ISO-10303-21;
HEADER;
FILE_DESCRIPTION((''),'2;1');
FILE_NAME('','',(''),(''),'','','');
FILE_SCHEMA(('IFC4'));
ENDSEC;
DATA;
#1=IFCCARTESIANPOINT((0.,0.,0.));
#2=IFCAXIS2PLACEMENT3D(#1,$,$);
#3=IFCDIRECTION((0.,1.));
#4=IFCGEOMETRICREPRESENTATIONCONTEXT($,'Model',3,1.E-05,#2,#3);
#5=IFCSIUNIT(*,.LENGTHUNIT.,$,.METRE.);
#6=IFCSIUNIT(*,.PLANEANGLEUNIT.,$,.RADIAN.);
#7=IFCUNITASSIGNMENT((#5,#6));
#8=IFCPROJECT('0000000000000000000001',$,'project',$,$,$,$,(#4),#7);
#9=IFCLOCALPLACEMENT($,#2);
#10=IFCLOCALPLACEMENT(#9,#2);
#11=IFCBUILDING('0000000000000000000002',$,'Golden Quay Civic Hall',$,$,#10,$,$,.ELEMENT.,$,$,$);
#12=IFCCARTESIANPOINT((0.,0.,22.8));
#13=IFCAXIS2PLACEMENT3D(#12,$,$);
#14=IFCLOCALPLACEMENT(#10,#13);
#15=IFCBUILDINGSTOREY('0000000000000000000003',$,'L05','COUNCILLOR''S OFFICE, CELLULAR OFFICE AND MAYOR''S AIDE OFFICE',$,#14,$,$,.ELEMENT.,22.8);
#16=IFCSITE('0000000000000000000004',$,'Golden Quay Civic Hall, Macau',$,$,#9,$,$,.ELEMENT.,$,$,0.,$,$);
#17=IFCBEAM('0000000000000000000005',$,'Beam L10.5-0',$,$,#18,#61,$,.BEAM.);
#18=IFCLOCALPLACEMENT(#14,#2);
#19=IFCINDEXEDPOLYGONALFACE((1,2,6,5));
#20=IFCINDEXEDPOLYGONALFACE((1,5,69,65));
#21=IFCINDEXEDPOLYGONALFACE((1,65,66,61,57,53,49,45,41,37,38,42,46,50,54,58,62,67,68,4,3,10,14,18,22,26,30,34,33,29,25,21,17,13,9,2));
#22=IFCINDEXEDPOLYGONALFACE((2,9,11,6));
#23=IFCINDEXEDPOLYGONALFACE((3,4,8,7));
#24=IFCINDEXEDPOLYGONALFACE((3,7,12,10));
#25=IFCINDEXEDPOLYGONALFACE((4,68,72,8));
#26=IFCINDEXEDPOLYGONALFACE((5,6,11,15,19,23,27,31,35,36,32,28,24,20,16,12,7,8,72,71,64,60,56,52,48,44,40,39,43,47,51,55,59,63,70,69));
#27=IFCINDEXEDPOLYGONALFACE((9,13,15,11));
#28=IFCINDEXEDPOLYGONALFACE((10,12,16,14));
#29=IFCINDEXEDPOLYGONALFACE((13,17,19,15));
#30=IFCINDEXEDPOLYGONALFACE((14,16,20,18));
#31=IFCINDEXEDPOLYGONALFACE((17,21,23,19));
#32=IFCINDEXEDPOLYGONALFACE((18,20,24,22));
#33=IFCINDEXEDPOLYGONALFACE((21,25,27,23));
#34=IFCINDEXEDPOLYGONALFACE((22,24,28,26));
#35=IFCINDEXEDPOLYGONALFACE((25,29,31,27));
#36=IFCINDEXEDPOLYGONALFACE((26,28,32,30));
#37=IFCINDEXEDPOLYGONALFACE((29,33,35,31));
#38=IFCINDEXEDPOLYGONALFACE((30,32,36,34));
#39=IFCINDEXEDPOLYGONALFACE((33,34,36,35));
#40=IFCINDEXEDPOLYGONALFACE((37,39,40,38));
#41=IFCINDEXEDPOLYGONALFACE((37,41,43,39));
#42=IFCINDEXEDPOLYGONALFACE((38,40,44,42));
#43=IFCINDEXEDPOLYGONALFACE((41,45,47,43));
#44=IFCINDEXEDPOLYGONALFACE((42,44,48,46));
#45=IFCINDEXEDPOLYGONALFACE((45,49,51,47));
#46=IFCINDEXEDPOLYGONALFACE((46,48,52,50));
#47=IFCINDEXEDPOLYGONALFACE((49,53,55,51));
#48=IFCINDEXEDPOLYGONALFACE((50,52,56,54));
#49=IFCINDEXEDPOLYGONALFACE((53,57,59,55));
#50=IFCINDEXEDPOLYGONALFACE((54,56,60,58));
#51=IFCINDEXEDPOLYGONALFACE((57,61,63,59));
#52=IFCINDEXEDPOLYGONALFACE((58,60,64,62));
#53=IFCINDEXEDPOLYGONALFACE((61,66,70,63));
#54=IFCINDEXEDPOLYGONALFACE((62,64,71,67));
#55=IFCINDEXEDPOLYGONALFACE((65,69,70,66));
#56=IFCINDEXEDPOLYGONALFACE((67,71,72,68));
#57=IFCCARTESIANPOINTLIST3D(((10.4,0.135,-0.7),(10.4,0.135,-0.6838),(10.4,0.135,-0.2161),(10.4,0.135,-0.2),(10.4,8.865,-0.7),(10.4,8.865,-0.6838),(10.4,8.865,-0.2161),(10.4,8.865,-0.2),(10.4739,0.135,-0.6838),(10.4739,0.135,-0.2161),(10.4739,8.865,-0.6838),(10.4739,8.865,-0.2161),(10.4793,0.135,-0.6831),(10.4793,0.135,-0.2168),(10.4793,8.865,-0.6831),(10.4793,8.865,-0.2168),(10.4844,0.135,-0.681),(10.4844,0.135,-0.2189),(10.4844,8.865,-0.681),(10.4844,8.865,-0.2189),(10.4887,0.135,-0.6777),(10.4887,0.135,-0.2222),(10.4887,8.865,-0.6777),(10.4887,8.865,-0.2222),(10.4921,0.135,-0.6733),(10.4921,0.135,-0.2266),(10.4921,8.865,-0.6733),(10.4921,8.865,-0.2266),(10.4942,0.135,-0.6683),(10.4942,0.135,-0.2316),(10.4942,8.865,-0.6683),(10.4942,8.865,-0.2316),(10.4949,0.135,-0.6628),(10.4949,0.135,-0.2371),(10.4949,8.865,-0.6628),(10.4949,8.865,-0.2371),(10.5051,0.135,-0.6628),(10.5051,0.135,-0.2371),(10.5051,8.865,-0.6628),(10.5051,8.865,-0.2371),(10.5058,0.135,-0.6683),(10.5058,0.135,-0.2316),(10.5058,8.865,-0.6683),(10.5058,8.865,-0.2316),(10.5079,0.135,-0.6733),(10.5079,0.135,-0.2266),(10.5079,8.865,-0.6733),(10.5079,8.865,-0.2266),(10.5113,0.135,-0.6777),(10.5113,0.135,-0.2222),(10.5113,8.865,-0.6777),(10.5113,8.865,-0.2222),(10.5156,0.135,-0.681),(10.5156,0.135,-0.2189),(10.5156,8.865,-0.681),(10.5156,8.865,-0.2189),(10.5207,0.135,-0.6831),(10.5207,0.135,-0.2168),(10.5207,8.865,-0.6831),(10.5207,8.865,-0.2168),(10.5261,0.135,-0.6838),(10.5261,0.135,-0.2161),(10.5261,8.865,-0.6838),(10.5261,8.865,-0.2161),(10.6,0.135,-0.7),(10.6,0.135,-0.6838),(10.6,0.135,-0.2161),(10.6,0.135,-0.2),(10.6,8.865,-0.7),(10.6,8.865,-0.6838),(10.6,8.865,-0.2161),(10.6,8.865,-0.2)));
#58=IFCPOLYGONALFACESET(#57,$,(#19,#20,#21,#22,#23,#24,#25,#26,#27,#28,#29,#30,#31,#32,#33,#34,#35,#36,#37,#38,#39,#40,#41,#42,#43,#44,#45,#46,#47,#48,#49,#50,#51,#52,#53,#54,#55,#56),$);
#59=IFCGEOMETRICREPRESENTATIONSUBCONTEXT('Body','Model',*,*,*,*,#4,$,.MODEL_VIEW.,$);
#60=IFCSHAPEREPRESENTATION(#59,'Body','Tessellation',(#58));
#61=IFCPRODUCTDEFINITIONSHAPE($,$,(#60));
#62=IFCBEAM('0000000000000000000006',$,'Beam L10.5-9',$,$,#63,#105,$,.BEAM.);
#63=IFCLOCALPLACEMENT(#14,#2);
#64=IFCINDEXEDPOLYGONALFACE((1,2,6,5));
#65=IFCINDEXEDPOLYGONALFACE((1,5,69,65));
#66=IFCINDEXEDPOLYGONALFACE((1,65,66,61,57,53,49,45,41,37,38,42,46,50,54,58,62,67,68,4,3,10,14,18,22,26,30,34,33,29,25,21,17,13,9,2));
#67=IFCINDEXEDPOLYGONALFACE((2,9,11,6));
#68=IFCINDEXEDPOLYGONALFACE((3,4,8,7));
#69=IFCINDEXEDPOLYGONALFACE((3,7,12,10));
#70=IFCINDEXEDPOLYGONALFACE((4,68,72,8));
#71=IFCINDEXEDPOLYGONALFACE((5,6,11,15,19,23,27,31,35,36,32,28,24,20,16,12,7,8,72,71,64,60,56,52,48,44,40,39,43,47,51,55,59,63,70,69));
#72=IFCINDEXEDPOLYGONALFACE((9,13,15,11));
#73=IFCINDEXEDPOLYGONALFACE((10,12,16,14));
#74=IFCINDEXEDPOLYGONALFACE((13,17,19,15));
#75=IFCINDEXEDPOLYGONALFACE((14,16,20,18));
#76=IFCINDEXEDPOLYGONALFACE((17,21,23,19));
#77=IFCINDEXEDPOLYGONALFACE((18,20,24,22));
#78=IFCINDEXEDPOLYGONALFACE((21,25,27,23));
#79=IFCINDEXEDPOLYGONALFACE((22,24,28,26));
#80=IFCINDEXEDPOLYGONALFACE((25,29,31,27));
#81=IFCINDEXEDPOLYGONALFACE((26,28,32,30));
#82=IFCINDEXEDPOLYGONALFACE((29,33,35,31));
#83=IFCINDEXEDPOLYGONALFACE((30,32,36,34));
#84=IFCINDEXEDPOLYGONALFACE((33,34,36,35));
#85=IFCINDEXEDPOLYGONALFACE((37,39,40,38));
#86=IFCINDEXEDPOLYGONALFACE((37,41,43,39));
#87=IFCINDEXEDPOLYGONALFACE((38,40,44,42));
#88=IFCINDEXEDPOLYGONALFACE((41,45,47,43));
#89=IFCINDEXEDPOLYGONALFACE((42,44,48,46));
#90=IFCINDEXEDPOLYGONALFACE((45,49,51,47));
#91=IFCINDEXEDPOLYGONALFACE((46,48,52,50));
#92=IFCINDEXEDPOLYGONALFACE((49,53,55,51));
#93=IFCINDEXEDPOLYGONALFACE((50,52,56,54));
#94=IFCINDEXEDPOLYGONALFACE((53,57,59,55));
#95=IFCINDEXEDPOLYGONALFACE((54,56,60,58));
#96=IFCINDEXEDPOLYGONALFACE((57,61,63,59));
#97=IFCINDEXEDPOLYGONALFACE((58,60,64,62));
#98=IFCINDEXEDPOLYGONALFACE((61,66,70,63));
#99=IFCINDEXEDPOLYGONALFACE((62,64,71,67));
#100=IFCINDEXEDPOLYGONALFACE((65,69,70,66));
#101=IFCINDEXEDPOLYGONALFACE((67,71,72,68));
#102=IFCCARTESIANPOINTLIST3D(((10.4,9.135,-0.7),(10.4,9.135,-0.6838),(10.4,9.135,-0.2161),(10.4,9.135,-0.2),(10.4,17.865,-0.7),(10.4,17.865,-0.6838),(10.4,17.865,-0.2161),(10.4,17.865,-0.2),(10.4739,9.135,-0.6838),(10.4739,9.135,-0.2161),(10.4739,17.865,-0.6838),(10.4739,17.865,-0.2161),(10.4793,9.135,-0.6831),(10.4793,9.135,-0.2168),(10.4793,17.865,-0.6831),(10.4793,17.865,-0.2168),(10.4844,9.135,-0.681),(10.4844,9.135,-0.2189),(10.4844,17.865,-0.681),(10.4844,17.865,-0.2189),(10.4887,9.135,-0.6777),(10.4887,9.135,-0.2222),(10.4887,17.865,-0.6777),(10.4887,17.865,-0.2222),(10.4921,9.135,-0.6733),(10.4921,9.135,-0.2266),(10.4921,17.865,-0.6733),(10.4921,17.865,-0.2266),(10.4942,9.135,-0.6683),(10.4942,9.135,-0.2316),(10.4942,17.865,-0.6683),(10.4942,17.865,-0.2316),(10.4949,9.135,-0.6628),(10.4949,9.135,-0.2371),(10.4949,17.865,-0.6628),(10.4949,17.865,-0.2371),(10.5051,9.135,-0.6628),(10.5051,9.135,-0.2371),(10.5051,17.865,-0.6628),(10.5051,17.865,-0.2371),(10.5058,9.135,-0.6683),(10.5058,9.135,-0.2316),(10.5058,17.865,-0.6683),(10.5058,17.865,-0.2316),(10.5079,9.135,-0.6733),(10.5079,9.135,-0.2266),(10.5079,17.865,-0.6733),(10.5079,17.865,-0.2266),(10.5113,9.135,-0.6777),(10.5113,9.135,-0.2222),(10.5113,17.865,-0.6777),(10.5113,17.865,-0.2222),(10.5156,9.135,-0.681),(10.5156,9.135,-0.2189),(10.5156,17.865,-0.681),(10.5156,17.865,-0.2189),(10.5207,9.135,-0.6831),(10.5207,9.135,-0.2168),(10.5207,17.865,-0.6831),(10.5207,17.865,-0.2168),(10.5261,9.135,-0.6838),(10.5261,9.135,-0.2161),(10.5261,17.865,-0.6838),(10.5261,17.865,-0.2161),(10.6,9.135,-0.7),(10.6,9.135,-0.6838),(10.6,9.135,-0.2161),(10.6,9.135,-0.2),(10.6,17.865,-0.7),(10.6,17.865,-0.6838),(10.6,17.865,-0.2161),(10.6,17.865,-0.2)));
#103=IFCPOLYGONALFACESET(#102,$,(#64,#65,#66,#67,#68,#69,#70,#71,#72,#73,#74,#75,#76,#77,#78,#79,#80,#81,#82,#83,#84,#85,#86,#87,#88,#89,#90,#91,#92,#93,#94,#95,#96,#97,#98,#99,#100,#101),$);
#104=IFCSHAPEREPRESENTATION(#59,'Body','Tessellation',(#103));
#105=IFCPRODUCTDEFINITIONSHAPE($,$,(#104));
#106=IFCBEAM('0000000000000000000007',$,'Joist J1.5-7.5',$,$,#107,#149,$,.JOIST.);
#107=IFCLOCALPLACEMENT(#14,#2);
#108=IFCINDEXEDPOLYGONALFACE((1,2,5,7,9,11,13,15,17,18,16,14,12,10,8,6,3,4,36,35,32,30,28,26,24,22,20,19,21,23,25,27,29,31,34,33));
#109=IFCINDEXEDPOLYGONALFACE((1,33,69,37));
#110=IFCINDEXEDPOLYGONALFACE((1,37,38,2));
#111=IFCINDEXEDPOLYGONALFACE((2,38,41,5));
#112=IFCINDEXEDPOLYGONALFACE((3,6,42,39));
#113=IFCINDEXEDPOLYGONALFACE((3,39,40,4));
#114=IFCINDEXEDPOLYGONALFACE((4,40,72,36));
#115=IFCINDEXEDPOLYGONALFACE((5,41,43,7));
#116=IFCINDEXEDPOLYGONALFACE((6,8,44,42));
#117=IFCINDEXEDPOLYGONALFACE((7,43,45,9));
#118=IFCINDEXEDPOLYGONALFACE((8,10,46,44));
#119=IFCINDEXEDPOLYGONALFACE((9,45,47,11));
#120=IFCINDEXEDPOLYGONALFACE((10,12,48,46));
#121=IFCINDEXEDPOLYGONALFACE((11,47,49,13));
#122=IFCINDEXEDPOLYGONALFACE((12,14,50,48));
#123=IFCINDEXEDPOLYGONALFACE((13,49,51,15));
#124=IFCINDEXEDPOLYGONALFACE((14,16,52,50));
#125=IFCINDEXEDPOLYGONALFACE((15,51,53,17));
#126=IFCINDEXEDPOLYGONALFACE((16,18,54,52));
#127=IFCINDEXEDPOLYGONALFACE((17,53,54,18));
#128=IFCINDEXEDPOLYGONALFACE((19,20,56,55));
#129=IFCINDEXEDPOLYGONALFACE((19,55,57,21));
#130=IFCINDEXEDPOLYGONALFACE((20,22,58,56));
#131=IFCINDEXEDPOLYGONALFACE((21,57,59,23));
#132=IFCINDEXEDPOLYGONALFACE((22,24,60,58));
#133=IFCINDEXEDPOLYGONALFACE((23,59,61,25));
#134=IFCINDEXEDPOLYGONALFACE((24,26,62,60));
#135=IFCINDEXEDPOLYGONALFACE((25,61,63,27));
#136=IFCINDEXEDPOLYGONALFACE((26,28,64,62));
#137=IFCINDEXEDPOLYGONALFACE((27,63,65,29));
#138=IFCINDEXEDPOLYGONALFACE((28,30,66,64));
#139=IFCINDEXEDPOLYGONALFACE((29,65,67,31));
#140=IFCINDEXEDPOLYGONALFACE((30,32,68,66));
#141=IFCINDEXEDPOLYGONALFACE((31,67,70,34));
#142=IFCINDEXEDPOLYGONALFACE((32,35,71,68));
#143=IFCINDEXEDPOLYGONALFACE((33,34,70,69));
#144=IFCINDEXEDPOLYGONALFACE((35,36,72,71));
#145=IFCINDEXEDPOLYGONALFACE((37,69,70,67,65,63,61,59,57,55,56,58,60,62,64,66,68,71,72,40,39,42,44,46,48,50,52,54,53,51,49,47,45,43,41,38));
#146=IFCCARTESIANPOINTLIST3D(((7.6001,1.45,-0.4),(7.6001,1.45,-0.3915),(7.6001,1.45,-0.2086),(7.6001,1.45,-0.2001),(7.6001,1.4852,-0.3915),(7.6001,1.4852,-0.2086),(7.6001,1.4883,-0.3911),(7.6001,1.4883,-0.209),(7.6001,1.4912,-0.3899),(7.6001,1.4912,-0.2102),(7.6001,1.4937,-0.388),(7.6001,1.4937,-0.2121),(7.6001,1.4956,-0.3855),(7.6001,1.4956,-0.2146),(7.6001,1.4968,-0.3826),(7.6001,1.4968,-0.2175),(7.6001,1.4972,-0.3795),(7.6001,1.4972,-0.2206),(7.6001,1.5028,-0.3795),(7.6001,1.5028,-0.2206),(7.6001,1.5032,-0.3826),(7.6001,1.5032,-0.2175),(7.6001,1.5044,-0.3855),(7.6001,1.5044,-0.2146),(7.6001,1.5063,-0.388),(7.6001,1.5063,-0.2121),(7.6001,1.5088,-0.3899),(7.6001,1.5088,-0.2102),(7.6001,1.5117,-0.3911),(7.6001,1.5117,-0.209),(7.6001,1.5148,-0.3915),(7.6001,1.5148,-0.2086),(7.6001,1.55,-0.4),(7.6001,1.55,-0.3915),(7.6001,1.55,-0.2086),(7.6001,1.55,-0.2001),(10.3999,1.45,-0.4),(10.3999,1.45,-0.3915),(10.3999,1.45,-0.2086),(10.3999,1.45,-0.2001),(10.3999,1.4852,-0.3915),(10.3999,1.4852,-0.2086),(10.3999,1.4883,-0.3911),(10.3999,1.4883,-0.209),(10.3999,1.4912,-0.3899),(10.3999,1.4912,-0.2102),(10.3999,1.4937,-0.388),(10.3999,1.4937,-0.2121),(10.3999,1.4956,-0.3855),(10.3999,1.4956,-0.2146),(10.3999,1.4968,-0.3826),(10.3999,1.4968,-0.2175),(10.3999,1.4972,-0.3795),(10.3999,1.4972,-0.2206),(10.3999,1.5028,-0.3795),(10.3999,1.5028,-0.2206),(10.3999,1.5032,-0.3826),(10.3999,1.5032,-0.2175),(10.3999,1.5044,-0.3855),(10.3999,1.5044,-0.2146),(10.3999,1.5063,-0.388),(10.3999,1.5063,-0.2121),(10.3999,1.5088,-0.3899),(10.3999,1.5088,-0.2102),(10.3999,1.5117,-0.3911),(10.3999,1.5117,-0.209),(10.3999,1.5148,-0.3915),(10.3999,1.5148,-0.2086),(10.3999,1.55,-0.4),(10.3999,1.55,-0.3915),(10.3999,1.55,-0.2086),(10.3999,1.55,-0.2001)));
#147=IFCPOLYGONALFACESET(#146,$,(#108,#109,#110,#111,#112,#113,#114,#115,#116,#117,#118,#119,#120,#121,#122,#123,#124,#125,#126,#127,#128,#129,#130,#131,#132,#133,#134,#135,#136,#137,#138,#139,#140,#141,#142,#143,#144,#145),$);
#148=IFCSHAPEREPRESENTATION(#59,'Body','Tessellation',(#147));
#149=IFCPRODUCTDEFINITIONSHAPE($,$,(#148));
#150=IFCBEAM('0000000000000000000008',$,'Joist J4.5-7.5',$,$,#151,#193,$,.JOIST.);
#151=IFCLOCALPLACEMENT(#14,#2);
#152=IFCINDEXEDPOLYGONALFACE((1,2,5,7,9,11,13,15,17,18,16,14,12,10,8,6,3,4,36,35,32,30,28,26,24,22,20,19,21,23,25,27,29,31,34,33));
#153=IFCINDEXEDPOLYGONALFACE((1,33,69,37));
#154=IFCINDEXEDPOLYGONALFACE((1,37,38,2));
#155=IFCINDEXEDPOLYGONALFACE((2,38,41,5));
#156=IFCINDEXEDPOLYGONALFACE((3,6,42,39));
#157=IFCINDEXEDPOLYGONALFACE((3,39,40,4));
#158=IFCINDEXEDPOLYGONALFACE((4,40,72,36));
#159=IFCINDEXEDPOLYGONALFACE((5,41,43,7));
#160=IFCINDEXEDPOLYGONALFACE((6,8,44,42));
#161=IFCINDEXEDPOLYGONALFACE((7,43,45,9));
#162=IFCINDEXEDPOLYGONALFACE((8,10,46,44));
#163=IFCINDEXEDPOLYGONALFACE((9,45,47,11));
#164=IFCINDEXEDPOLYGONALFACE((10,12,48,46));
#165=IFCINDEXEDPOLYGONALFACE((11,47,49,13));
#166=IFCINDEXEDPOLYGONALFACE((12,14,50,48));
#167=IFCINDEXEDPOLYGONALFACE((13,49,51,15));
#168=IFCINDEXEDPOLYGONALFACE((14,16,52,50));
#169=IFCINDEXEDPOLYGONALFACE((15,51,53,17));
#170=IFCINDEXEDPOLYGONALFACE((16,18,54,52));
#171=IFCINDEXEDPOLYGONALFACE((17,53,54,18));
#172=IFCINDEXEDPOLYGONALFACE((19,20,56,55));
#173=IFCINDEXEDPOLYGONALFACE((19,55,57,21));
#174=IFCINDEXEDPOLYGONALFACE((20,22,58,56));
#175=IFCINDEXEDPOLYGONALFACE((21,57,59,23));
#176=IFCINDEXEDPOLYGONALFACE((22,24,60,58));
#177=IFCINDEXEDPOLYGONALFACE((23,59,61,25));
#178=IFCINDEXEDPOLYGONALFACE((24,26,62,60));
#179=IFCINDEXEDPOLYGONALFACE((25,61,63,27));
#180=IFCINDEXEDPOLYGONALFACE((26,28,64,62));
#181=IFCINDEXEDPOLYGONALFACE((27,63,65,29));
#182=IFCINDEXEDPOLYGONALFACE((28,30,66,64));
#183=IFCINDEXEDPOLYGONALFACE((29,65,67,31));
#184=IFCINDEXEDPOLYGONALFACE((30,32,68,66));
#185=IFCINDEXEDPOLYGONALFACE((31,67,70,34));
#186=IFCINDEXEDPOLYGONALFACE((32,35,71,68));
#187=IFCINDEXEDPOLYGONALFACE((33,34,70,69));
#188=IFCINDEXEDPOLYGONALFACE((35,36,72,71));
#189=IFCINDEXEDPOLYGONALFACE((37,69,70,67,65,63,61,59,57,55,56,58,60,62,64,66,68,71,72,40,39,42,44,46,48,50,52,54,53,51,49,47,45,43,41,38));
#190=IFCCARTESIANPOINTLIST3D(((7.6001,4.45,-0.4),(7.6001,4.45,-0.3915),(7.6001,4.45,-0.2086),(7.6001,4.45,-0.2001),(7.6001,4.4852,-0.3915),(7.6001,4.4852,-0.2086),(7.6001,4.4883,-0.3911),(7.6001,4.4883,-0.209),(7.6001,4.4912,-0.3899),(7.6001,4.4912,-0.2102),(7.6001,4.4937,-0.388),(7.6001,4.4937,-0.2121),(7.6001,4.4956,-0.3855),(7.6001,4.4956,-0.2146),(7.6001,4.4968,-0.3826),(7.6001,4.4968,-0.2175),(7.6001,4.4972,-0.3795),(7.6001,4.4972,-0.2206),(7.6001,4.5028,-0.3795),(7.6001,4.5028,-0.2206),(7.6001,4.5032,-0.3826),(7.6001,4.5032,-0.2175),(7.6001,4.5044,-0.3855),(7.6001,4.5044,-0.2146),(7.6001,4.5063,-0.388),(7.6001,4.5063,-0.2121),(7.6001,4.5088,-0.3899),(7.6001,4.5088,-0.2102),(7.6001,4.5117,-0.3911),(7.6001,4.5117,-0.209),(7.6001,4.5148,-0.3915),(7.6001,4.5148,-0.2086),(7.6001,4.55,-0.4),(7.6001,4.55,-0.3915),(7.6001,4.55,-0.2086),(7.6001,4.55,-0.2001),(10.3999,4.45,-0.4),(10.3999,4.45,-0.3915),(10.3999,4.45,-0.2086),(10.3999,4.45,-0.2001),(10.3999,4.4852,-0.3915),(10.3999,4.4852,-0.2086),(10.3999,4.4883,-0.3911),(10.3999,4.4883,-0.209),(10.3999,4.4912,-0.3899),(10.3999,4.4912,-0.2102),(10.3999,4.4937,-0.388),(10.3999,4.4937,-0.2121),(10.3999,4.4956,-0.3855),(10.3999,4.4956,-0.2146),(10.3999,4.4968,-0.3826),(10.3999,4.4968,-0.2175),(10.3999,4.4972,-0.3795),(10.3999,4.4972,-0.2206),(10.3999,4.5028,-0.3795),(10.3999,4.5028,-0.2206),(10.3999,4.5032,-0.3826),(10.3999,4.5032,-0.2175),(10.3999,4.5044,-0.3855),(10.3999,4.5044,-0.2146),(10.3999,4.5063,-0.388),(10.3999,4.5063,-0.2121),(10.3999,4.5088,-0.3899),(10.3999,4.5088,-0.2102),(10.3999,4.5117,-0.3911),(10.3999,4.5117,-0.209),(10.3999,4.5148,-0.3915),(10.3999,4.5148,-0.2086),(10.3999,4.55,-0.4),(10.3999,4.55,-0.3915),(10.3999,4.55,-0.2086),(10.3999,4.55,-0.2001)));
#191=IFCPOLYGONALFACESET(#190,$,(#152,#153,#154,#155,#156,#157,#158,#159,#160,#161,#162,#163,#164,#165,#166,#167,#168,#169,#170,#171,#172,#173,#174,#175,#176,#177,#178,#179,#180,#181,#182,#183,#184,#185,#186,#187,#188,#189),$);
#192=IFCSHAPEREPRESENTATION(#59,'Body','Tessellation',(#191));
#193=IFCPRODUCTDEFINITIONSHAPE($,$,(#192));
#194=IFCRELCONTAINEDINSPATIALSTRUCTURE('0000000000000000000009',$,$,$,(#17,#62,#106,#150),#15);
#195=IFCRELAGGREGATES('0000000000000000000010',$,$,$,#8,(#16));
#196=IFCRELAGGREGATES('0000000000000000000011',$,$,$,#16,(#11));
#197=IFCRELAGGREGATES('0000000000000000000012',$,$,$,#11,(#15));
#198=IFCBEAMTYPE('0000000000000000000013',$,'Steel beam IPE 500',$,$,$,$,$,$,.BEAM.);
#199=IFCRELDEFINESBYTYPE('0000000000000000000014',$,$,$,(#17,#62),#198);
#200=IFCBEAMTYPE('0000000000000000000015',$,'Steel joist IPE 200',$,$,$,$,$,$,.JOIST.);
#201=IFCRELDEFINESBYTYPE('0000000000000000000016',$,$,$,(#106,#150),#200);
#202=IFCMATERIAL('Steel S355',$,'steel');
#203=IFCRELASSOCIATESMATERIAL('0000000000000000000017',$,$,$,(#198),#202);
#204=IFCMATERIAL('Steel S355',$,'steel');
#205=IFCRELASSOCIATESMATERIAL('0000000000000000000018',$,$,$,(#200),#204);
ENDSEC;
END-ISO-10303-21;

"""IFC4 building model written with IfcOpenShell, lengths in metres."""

from ifc_helpers import new_model, si_unit, direction, frame, origin, origin_2d, place, context, subcontext, project, spatial, i_section, extrude, material, material_profile, profile_set, type_object, element, save


model = new_model("IFC4")

# Units and contexts
model_context = context("Model", 3, precision=1e-05, world=origin(), true_north=direction((0.0, 1.0)))
body_context = subcontext(model_context, "Body", "Model", "MODEL_VIEW")
ifc_project = project(units=[si_unit("LENGTHUNIT", "METRE"), si_unit("PLANEANGLEUNIT", "RADIAN")], contexts=[model_context])

# Site, building, storey
site_placement = place(None, origin())
site = spatial("IfcSite", under=ifc_project, at=site_placement, Name="Golden Quay Civic Hall, Macau", CompositionType="ELEMENT", RefElevation=0.0)
building_placement = place(site_placement, origin())
building = spatial("IfcBuilding", under=site, at=building_placement, Name="Golden Quay Civic Hall", CompositionType="ELEMENT")
storey_placement = place(building_placement, frame((0.0, 0.0, 22.8)))
storey = spatial("IfcBuildingStorey", under=building, at=storey_placement, Name="L05", Description="COUNCILLOR'S OFFICE, CELLULAR OFFICE AND MAYOR'S AIDE OFFICE", CompositionType="ELEMENT", Elevation=22.8)

# Beams
ifc_material_1 = material(Name="Steel S355", Category="steel")
ifc_material_profile_1 = material_profile(ifc_material_1, i_section(OverallWidth=0.2, OverallDepth=0.5, WebThickness=0.0103, FlangeThickness=0.0161, FilletRadius=0.021, at=origin_2d()), Name="IPE 500")
ifc_profile_set_1 = profile_set([ifc_material_profile_1], Name="Steel S355")
beam_type_1 = type_object("IfcBeamType", Name="Steel beam IPE 500", PredefinedType="BEAM", material=ifc_profile_set_1)
for number, where, z_axis, x_axis, name in (
    (1, (10.5, 0.135, -0.45), (0.0, 1.0, 0.0), (-1.0, 0.0, 0.0), "Beam L10.5-0"),
    (2, (10.5, 9.135, -0.45), (0.0, 1.0, 0.0), (-1.0, 0.0, 0.0), "Beam L10.5-9"),
):
    element("IfcBeam", number, at=place(storey_placement, frame(where, z_axis=z_axis, x_axis=x_axis)), inside=storey, type_object=beam_type_1, Name=name, PredefinedType="BEAM", context=body_context, shape_type="SweptSolid", body=[
        extrude(i_section(OverallWidth=0.2, OverallDepth=0.5, WebThickness=0.0103, FlangeThickness=0.0161, FilletRadius=0.021, at=origin_2d()), origin(), (0.0, 0.0, 1.0), 8.73),
    ])
ifc_material_2 = material(Name="Steel S355", Category="steel")
ifc_material_profile_2 = material_profile(ifc_material_2, i_section(OverallWidth=0.1001, OverallDepth=0.2, WebThickness=0.0056, FlangeThickness=0.0085, FilletRadius=0.012, at=origin_2d()), Name="IPE 200")
ifc_profile_set_2 = profile_set([ifc_material_profile_2], Name="Steel S355")
beam_type_2 = type_object("IfcBeamType", Name="Steel joist IPE 200", PredefinedType="JOIST", material=ifc_profile_set_2)
for number, where, z_axis, x_axis, name in (
    (3, (7.6001, 1.5, -0.3), (1.0, 0.0, 0.0), (0.0, 1.0, 0.0), "Joist J1.5-7.5"),
    (4, (7.6001, 4.5, -0.3), (1.0, 0.0, 0.0), (0.0, 1.0, 0.0), "Joist J4.5-7.5"),
):
    element("IfcBeam", number, at=place(storey_placement, frame(where, z_axis=z_axis, x_axis=x_axis)), inside=storey, type_object=beam_type_2, Name=name, PredefinedType="JOIST", context=body_context, shape_type="SweptSolid", body=[
        extrude(i_section(OverallWidth=0.1001, OverallDepth=0.2, WebThickness=0.0056, FlangeThickness=0.0085, FilletRadius=0.012, at=origin_2d()), origin(), (0.0, 0.0, 1.0), 2.7998),
    ])

save(model, "model.ifc")
